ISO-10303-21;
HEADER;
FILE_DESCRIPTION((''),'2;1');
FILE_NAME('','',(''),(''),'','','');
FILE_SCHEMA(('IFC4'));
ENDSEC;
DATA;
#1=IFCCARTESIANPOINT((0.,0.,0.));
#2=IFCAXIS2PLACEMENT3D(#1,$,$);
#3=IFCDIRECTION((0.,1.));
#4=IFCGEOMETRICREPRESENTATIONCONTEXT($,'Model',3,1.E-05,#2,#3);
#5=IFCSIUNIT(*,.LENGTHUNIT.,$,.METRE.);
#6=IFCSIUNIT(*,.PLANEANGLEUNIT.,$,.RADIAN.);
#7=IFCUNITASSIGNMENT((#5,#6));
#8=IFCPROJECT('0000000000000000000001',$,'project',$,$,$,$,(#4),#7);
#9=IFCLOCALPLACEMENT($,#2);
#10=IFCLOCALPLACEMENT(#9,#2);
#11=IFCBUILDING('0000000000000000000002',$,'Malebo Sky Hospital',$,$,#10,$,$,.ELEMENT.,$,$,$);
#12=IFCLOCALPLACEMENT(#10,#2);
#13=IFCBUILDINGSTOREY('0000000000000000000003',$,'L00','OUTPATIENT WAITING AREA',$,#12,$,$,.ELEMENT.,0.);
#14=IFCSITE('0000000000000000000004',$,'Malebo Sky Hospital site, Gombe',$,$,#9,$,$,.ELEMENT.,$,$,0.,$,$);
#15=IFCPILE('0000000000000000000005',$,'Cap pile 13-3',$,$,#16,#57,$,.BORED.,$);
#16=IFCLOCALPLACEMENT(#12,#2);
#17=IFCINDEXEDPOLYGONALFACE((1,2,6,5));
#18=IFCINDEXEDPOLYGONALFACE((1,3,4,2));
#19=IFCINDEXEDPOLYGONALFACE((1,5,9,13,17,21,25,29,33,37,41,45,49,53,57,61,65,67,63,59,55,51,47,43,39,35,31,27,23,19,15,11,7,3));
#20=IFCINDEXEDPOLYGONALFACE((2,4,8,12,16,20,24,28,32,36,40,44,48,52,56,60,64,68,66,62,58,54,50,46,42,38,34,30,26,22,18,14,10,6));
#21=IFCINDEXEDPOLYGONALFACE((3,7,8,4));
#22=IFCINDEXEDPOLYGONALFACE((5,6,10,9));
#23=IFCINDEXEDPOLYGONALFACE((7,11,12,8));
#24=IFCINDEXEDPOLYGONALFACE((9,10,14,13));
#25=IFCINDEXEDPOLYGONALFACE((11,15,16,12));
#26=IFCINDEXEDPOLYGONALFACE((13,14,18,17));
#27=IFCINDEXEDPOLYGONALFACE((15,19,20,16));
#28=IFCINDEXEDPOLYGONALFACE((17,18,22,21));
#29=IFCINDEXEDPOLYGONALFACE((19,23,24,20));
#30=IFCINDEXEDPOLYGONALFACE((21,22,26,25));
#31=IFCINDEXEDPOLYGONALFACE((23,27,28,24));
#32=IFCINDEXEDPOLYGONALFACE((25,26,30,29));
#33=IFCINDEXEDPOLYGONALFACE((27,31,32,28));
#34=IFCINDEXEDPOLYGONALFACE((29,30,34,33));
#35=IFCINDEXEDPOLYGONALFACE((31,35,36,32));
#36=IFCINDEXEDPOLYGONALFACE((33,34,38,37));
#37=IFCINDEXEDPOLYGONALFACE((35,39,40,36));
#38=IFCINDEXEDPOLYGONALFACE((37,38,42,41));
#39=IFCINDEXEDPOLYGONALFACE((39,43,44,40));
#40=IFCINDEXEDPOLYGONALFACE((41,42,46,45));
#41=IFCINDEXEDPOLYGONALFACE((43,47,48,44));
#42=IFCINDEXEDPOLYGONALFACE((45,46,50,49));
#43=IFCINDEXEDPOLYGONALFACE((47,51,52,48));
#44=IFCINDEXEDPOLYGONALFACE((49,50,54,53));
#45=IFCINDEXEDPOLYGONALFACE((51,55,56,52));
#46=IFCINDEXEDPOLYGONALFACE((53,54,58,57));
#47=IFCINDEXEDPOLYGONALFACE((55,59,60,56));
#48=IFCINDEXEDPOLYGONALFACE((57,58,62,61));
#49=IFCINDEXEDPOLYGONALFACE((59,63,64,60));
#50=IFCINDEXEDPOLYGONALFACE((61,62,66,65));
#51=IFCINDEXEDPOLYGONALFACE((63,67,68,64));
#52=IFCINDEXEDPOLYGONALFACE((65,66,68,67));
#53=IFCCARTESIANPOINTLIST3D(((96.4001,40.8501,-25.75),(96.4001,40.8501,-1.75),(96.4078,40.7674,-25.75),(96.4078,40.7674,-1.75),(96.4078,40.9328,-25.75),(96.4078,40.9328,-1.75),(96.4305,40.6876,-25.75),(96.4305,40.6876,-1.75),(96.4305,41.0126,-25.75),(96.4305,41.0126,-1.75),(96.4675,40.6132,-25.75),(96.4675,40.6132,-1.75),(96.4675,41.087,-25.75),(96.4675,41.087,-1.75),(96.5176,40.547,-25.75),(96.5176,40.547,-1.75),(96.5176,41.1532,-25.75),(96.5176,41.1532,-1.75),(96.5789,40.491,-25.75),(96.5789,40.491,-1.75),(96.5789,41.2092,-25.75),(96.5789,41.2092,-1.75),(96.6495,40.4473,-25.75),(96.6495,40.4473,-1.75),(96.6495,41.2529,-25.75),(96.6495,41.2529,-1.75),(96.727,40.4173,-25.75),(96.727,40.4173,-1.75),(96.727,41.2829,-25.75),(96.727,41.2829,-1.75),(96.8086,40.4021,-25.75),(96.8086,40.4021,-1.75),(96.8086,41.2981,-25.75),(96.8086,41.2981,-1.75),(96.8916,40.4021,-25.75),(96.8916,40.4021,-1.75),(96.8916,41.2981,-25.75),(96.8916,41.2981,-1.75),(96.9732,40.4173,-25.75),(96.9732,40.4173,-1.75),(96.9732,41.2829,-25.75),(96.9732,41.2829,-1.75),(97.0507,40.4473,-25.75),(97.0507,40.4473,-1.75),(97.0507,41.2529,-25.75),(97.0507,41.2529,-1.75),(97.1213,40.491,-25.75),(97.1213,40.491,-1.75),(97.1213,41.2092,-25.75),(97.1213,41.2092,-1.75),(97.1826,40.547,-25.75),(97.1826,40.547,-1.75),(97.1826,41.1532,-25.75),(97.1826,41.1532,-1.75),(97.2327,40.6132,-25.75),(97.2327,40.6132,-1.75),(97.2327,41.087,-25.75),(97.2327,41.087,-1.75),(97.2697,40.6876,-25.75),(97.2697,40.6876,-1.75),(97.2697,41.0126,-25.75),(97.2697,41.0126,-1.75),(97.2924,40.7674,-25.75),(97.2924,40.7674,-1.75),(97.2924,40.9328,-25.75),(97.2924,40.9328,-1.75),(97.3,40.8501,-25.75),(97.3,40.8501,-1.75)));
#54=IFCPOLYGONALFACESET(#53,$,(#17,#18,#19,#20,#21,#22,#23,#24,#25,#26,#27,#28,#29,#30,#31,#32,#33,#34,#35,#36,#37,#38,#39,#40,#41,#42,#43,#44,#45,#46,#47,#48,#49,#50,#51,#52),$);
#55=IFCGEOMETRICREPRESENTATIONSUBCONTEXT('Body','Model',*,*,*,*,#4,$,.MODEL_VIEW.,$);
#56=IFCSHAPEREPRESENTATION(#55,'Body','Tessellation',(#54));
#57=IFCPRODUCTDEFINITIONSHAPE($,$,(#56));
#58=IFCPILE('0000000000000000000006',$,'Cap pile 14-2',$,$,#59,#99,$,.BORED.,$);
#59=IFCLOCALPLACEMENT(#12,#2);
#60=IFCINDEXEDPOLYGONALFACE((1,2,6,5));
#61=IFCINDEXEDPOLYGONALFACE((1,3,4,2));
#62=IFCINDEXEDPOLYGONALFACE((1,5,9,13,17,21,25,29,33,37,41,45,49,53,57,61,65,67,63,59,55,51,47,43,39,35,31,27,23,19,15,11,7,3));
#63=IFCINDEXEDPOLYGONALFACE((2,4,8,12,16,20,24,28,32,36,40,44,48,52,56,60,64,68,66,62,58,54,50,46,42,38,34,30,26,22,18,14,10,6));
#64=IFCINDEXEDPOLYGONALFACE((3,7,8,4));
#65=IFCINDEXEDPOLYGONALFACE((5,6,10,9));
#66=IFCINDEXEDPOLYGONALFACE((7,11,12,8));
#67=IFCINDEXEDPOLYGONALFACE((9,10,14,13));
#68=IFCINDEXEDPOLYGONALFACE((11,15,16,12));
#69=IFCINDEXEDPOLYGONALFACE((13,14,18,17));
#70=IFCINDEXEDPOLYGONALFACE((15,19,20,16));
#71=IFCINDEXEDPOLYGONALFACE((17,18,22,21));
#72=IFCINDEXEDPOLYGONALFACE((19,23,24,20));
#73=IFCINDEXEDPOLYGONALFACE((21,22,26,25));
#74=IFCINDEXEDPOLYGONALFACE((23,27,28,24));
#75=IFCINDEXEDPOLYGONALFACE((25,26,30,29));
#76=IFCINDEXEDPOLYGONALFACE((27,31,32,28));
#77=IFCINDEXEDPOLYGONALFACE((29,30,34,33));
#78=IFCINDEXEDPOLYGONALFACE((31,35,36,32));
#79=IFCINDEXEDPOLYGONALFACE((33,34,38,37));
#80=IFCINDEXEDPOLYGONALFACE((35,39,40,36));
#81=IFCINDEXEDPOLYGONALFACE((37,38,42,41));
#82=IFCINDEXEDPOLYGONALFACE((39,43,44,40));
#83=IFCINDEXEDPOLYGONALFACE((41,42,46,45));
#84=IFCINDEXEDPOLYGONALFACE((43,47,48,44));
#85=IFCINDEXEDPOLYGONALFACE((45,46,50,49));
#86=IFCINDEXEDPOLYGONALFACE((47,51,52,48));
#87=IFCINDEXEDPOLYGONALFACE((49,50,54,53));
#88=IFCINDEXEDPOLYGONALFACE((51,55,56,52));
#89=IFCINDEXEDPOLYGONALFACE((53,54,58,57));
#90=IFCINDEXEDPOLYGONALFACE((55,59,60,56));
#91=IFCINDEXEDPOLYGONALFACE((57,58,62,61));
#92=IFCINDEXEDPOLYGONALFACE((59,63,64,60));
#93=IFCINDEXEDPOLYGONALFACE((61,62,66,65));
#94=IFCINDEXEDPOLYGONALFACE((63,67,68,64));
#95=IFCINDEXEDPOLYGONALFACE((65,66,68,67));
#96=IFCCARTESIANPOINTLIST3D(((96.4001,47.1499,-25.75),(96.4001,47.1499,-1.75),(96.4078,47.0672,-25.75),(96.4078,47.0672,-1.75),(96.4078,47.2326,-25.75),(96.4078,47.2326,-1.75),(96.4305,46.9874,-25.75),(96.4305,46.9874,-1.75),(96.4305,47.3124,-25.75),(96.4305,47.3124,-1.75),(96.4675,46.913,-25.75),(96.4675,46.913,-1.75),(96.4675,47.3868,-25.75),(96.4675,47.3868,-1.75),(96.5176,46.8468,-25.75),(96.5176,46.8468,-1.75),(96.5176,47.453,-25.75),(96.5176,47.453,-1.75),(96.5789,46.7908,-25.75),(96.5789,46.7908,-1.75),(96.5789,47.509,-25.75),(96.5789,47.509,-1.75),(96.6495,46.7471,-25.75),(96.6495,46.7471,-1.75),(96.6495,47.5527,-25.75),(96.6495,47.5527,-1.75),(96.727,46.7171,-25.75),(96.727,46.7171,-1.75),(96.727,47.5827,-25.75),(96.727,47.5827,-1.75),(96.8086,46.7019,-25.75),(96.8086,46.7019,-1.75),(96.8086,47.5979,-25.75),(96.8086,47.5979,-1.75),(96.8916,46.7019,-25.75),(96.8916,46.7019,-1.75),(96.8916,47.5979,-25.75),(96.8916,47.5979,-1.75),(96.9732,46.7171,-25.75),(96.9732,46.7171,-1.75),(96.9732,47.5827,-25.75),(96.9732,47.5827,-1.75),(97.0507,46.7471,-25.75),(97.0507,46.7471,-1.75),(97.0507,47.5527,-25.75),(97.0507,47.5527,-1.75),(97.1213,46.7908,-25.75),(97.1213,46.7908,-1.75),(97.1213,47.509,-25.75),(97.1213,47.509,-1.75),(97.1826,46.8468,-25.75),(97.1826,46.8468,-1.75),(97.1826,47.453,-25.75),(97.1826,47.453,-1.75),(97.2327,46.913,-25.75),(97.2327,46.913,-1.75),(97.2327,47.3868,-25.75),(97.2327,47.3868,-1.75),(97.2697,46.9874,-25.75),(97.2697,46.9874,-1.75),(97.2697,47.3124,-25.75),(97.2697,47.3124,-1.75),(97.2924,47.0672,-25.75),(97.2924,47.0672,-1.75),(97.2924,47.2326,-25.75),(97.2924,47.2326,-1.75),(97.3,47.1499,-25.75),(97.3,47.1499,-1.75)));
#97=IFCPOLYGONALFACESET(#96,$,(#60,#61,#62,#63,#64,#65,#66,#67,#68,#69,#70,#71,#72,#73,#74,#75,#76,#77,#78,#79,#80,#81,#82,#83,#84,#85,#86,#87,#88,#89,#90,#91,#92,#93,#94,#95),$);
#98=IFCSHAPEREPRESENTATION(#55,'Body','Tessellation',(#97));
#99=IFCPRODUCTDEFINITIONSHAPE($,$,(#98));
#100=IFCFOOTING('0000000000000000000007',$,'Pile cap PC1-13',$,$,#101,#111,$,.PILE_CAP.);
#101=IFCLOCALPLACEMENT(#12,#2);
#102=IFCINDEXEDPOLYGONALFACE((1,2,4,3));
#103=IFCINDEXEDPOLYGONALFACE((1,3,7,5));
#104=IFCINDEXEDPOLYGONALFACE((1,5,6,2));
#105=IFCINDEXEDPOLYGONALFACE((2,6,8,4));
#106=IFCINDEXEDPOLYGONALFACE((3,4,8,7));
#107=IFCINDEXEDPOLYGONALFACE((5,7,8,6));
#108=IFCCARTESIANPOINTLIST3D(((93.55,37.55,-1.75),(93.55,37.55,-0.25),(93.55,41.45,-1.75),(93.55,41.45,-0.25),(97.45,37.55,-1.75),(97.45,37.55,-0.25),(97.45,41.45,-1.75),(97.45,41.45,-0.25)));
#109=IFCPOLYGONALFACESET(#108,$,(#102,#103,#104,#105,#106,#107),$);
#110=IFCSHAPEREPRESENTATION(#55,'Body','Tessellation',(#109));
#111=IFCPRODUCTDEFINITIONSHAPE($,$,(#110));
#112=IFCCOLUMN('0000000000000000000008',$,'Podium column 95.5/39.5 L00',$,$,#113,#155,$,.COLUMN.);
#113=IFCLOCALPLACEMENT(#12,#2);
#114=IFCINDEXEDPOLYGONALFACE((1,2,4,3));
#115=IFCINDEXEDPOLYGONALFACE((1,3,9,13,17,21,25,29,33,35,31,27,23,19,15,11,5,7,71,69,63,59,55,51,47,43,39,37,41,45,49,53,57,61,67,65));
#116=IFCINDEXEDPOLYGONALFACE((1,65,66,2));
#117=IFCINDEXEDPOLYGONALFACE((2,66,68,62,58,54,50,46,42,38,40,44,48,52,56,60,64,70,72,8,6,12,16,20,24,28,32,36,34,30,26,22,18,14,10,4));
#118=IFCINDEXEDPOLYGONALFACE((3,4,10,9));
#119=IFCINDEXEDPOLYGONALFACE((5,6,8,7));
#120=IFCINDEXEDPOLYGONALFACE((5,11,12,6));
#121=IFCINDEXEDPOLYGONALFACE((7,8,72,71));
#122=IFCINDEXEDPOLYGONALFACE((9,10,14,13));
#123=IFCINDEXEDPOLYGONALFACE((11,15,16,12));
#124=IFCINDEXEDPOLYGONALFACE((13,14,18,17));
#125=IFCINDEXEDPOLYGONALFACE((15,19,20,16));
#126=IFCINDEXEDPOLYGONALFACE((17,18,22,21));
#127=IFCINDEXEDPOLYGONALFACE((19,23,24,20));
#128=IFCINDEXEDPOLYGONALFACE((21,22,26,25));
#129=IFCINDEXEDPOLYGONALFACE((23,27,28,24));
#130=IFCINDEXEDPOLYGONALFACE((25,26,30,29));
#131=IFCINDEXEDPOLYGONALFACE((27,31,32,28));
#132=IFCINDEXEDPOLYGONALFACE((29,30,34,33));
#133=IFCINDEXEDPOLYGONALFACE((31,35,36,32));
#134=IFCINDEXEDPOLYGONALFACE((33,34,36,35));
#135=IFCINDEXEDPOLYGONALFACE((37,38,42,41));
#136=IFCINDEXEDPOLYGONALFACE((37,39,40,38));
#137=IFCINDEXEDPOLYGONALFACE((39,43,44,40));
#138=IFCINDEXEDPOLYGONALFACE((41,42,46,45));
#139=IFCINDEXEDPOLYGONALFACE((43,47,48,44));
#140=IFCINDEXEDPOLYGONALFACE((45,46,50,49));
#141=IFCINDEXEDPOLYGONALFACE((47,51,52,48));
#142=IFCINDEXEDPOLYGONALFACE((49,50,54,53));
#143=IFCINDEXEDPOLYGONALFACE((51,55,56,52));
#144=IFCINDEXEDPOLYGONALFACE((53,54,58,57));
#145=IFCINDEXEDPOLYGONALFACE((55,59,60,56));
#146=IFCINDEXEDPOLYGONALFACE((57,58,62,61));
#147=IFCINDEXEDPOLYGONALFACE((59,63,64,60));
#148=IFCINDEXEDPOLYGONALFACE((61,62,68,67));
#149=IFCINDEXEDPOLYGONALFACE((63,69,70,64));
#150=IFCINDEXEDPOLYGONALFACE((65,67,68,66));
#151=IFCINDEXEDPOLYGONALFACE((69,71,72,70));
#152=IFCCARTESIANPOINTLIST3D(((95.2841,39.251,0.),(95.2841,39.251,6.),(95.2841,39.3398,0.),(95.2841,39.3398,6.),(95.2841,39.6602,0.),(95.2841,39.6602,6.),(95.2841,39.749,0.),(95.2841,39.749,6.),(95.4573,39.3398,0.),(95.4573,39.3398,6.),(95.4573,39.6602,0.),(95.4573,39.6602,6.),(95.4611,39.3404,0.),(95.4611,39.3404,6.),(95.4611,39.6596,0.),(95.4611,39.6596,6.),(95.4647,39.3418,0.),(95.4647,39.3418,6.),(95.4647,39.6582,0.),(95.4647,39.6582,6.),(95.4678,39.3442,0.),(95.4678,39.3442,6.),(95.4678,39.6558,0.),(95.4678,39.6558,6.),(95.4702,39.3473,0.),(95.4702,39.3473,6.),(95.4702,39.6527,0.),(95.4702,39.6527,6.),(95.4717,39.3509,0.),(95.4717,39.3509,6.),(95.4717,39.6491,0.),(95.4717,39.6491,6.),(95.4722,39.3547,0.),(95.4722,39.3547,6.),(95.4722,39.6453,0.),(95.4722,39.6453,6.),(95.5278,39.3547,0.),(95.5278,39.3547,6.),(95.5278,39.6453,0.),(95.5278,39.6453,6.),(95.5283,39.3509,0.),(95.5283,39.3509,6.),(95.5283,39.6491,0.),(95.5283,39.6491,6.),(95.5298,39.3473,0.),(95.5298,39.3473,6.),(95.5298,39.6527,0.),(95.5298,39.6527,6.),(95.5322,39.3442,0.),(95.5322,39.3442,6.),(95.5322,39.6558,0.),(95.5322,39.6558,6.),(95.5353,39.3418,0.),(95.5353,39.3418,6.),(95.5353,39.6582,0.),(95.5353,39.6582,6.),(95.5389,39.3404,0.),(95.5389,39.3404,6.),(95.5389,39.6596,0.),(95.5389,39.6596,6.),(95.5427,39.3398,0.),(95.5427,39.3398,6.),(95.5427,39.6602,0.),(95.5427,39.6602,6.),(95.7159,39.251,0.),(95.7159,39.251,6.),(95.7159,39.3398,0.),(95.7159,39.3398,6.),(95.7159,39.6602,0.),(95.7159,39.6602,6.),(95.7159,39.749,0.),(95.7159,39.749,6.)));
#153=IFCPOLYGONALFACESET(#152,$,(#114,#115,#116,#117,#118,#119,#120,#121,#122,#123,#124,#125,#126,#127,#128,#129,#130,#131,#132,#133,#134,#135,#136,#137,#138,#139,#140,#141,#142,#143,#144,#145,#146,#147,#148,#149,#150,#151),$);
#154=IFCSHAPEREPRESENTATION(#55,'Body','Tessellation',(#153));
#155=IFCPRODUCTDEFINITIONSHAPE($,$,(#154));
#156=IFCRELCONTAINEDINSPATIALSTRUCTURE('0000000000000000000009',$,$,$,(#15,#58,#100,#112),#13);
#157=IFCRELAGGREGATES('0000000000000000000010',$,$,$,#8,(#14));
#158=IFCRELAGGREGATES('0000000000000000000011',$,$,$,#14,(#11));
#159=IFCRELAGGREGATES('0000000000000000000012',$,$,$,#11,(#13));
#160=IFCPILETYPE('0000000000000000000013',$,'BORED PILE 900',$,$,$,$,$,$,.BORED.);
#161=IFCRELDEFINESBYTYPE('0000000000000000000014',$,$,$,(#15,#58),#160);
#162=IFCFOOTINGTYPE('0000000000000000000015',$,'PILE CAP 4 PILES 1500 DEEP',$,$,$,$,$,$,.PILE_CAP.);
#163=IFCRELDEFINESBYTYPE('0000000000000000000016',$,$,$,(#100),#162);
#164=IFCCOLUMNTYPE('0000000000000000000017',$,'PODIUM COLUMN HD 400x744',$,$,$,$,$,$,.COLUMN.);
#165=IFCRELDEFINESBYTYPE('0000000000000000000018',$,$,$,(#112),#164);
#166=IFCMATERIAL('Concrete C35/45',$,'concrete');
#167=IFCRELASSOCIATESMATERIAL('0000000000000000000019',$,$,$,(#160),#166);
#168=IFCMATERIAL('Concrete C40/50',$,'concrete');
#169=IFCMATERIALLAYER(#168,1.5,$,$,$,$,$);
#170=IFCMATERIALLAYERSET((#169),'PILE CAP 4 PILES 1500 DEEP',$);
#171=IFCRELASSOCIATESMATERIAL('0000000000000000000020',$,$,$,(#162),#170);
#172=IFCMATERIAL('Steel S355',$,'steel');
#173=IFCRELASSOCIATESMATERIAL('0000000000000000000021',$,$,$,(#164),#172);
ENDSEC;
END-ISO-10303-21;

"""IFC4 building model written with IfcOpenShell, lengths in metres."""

from ifc_helpers import new_model, si_unit, direction, frame, origin, origin_2d, place, context, subcontext, project, spatial, rectangle, circle, i_section, extrude, material, layer, layer_set, material_profile, profile_set, type_object, element, save


model = new_model("IFC4")

# Units and contexts
model_context = context("Model", 3, precision=1e-05, world=origin(), true_north=direction((0.0, 1.0)))
body_context = subcontext(model_context, "Body", "Model", "MODEL_VIEW")
ifc_project = project(units=[si_unit("LENGTHUNIT", "METRE"), si_unit("PLANEANGLEUNIT", "RADIAN")], contexts=[model_context])

# Site, building, storey
site_placement = place(None, origin())
site = spatial("IfcSite", under=ifc_project, at=site_placement, Name="Malebo Sky Hospital site, Gombe", CompositionType="ELEMENT", RefElevation=0.0)
building_placement = place(site_placement, origin())
building = spatial("IfcBuilding", under=site, at=building_placement, Name="Malebo Sky Hospital", CompositionType="ELEMENT")
storey_placement = place(building_placement, origin())
storey = spatial("IfcBuildingStorey", under=building, at=storey_placement, Name="L00", Description="OUTPATIENT WAITING AREA", CompositionType="ELEMENT", Elevation=0.0)

# Piles
ifc_material_1 = material(Name="Concrete C35/45", Category="concrete")
ifc_material_profile_1 = material_profile(ifc_material_1, circle(Radius=0.45, at=origin_2d()), Name="BP 900")
ifc_profile_set_1 = profile_set([ifc_material_profile_1], Name="Concrete C35/45")
pile_type = type_object("IfcPileType", Name="BORED PILE 900", PredefinedType="BORED", material=ifc_profile_set_1)
for number, where, z_axis, x_axis, name in (
    (1, (96.8501, 40.8501, -1.75), (0.0, 0.0, -1.0), (1.0, 0.0, 0.0), "Cap pile 13-3"),
    (2, (96.8501, 47.1499, -1.75), (0.0, 0.0, -1.0), (1.0, 0.0, 0.0), "Cap pile 14-2"),
):
    element("IfcPile", number, at=place(storey_placement, frame(where, z_axis=z_axis, x_axis=x_axis)), inside=storey, type_object=pile_type, Name=name, PredefinedType="BORED", context=body_context, shape_type="SweptSolid", body=[
        extrude(circle(Radius=0.45, at=origin_2d()), origin(), (0.0, 0.0, 1.0), 24.0),
    ])

# Footing
ifc_material_2 = material(Name="Concrete C40/50", Category="concrete")
ifc_layer_1 = layer(ifc_material_2, 1.5)
ifc_layer_set_1 = layer_set([ifc_layer_1], Name="PILE CAP 4 PILES 1500 DEEP")
footing_type = type_object("IfcFootingType", Name="PILE CAP 4 PILES 1500 DEEP", PredefinedType="PILE_CAP", material=ifc_layer_set_1)
footing_placement = place(storey_placement, frame((95.5, 39.5, -1.75), z_axis=(0.0, 0.0, 1.0), x_axis=(1.0, 0.0, 0.0)))
element("IfcFooting", 3, at=footing_placement, inside=storey, type_object=footing_type, Name="Pile cap PC1-13", PredefinedType="PILE_CAP", context=body_context, shape_type="SweptSolid", body=[
    extrude(rectangle(XDim=3.8999, YDim=3.8999, at=origin_2d()), origin(), (0.0, 0.0, 1.0), 1.5),
])

# Column
ifc_material_3 = material(Name="Steel S355", Category="steel")
ifc_material_profile_2 = material_profile(ifc_material_3, i_section(OverallWidth=0.4319, OverallDepth=0.498, WebThickness=0.0557, FlangeThickness=0.0889, FilletRadius=0.0149, at=origin_2d()), Name="HD 400x744")
ifc_profile_set_2 = profile_set([ifc_material_profile_2], Name="Steel S355")
column_type = type_object("IfcColumnType", Name="PODIUM COLUMN HD 400x744", PredefinedType="COLUMN", material=ifc_profile_set_2)
column_placement = place(storey_placement, frame((95.5, 39.5, 0.0), z_axis=(0.0, 0.0, 1.0), x_axis=(1.0, 0.0, 0.0)))
element("IfcColumn", 4, at=column_placement, inside=storey, type_object=column_type, Name="Podium column 95.5/39.5 L00", PredefinedType="COLUMN", context=body_context, shape_type="SweptSolid", body=[
    extrude(i_section(OverallWidth=0.4319, OverallDepth=0.498, WebThickness=0.0557, FlangeThickness=0.0889, FilletRadius=0.0149, at=origin_2d()), origin(), (0.0, 0.0, 1.0), 6.0),
])

save(model, "model.ifc")
